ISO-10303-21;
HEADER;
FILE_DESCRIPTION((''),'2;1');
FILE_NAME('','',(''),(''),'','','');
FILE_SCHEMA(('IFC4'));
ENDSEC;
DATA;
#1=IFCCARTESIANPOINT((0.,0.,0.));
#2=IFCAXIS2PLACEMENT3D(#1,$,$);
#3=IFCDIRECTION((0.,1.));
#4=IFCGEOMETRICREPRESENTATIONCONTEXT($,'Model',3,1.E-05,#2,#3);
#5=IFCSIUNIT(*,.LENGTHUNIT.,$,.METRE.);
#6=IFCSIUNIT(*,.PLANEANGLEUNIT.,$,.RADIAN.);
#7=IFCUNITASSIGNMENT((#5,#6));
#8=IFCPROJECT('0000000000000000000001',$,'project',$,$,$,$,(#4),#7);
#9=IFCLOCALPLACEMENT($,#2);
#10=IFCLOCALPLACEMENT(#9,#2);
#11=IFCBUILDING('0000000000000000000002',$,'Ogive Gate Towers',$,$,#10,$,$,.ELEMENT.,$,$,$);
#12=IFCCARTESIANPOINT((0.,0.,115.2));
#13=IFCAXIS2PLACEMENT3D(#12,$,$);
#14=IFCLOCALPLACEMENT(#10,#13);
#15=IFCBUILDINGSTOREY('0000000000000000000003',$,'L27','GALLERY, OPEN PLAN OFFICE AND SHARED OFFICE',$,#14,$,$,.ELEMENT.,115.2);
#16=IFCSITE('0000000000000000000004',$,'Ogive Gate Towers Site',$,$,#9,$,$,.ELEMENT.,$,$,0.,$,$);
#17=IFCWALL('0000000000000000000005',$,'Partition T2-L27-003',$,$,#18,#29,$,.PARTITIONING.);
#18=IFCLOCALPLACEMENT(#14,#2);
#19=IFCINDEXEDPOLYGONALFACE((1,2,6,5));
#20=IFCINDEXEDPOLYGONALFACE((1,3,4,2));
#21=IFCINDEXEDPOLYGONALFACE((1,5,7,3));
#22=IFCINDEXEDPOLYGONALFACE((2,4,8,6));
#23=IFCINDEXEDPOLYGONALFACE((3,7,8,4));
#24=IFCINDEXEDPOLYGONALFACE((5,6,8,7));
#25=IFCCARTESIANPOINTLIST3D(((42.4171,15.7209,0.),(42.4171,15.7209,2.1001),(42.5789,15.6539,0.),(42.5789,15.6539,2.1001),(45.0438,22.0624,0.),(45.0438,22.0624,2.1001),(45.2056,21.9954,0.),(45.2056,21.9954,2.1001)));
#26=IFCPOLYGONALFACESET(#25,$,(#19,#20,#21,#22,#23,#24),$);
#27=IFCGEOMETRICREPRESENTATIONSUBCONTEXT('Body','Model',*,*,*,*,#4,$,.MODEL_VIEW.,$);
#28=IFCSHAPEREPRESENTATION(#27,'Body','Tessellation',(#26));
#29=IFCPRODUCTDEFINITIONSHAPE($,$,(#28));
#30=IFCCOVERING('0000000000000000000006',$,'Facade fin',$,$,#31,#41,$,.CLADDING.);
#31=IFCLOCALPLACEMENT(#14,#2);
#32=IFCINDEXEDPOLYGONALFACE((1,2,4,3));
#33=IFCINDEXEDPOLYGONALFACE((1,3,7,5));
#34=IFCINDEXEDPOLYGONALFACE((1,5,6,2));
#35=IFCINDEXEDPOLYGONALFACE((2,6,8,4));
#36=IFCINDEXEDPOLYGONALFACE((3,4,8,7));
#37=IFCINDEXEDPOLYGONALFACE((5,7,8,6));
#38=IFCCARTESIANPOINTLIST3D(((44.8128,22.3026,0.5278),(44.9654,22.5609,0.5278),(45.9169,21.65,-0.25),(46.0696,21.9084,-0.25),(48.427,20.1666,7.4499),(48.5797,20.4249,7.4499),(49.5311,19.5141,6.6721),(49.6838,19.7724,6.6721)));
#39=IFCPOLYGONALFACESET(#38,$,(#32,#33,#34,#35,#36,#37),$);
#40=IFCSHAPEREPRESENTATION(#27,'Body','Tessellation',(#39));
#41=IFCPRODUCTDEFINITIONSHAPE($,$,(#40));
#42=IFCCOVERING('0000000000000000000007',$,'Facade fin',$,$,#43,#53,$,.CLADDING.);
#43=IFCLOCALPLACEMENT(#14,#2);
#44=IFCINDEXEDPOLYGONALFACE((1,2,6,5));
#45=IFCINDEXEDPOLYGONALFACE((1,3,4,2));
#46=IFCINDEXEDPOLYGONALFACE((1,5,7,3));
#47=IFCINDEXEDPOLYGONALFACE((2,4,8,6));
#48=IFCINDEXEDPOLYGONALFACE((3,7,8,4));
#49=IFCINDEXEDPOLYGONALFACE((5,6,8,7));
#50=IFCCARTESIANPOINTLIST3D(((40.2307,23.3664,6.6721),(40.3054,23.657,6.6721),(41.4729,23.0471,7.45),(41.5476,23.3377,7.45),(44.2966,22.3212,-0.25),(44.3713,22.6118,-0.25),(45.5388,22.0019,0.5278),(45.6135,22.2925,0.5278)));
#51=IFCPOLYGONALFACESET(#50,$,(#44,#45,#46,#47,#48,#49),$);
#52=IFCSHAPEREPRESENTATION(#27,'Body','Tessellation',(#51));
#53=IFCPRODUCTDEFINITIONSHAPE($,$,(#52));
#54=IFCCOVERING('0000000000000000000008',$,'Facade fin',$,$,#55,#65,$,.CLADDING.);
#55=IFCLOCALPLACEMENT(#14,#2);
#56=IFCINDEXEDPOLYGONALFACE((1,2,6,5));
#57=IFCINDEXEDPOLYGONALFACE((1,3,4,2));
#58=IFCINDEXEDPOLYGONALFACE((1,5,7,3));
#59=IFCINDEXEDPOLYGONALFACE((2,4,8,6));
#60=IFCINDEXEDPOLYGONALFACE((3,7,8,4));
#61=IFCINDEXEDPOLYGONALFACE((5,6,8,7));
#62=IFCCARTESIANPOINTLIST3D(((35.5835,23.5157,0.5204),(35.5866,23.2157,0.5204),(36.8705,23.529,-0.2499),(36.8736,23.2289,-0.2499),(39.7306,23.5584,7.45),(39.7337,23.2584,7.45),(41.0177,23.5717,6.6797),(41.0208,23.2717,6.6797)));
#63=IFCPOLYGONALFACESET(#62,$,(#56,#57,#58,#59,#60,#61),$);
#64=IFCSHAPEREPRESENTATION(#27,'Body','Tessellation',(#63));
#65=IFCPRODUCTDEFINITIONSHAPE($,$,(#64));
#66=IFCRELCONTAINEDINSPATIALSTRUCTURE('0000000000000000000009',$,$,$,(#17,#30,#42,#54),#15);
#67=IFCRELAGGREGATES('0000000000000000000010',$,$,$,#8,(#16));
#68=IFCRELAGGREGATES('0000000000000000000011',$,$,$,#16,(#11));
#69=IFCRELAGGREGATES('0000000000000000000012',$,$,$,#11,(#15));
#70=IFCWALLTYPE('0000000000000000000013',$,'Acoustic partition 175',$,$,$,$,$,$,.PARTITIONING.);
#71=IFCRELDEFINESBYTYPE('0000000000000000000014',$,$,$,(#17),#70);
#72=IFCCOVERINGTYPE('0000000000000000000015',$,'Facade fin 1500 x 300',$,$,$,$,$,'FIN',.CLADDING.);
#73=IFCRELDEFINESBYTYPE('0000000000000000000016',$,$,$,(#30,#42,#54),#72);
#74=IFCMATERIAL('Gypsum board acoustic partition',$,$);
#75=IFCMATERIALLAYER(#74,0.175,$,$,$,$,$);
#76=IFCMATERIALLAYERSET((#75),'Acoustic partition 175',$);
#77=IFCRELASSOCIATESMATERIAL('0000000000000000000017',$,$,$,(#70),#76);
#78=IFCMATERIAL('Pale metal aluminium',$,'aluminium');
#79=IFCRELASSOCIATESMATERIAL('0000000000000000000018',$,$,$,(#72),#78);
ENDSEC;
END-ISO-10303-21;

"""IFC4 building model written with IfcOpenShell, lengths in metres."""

from ifc_helpers import new_model, si_unit, direction, frame, frame_2d, origin, origin_2d, place, context, subcontext, project, spatial, rectangle, extrude, material, layer, layer_set, material_profile, profile_set, type_object, element, save


model = new_model("IFC4")

# Units and contexts
model_context = context("Model", 3, precision=1e-05, world=origin(), true_north=direction((0.0, 1.0)))
body_context = subcontext(model_context, "Body", "Model", "MODEL_VIEW")
ifc_project = project(units=[si_unit("LENGTHUNIT", "METRE"), si_unit("PLANEANGLEUNIT", "RADIAN")], contexts=[model_context])

# Site, building, storey
site_placement = place(None, origin())
site = spatial("IfcSite", under=ifc_project, at=site_placement, Name="Ogive Gate Towers Site", CompositionType="ELEMENT", RefElevation=0.0)
building_placement = place(site_placement, origin())
building = spatial("IfcBuilding", under=site, at=building_placement, Name="Ogive Gate Towers", CompositionType="ELEMENT")
storey_placement = place(building_placement, frame((0.0, 0.0, 115.2)))
storey = spatial("IfcBuildingStorey", under=building, at=storey_placement, Name="L27", Description="GALLERY, OPEN PLAN OFFICE AND SHARED OFFICE", CompositionType="ELEMENT", Elevation=115.2)

# Shared definitions
ifc_material_1 = material(Name="Pale metal aluminium", Category="aluminium")

# Wall
ifc_material_2 = material(Name="Gypsum board acoustic partition")
ifc_layer_1 = layer(ifc_material_2, 0.175)
ifc_layer_set_1 = layer_set([ifc_layer_1], Name="Acoustic partition 175")
wall_type = type_object("IfcWallType", Name="Acoustic partition 175", PredefinedType="PARTITIONING", material=ifc_layer_set_1)
wall_placement = place(storey_placement, frame((45.1248, 22.0291, 0.0), z_axis=(0.0, 0.0, 1.0), x_axis=(-0.382677, -0.923882, 0.0)))
element("IfcWall", 1, at=wall_placement, inside=storey, type_object=wall_type, Name="Partition T2-L27-003", PredefinedType="PARTITIONING", context=body_context, shape_type="SweptSolid", body=[
    extrude(rectangle(XDim=6.864, YDim=0.175, at=frame_2d((3.4321, 0.0))), origin(), (0.0, 0.0, 1.0), 2.1001),
])

# Coverings
ifc_material_profile_1 = material_profile(ifc_material_1, rectangle(XDim=0.3, YDim=1.5, at=origin_2d()), Name="1500 x 300 pale metal aluminium")
ifc_profile_set_1 = profile_set([ifc_material_profile_1], Name="Pale metal aluminium")
covering_type = type_object("IfcCoveringType", Name="Facade fin 1500 x 300", ElementType="FIN", PredefinedType="CLADDING", material=ifc_profile_set_1)
for number, where, z_axis, x_axis, name in (
    (2, (45.4412, 22.1055, 0.1389), (0.446439, -0.263841, 0.855032), (0.50878, 0.860896, 0.0), "Facade fin"),
    (3, (44.9551, 22.3069, 0.1389), (-0.502234, 0.129102, 0.85504), (-0.248962, -0.968513, 0.0), "Facade fin"),
):
    element("IfcCovering", number, at=place(storey_placement, frame(where, z_axis=z_axis, x_axis=x_axis)), inside=storey, type_object=covering_type, Name=name, PredefinedType="CLADDING", context=body_context, shape_type="SweptSolid", body=[
        extrude(rectangle(XDim=0.3, YDim=1.5, at=origin_2d()), origin(), (0.0, 0.0, 1.0), 8.0957),
    ])
covering_placement = place(storey_placement, frame((36.2285, 23.3723, 0.1353), z_axis=(0.513524, 0.00529, 0.858059), x_axis=(-0.010301, 0.999947, 0.0)))
element("IfcCovering", 4, at=covering_placement, inside=storey, type_object=covering_type, Name="Facade fin", PredefinedType="CLADDING", context=body_context, shape_type="SweptSolid", body=[
    extrude(rectangle(XDim=0.3, YDim=1.5, at=origin_2d()), origin(), (0.0, 0.0, 1.0), 8.0759),
])

save(model, "model.ifc")
